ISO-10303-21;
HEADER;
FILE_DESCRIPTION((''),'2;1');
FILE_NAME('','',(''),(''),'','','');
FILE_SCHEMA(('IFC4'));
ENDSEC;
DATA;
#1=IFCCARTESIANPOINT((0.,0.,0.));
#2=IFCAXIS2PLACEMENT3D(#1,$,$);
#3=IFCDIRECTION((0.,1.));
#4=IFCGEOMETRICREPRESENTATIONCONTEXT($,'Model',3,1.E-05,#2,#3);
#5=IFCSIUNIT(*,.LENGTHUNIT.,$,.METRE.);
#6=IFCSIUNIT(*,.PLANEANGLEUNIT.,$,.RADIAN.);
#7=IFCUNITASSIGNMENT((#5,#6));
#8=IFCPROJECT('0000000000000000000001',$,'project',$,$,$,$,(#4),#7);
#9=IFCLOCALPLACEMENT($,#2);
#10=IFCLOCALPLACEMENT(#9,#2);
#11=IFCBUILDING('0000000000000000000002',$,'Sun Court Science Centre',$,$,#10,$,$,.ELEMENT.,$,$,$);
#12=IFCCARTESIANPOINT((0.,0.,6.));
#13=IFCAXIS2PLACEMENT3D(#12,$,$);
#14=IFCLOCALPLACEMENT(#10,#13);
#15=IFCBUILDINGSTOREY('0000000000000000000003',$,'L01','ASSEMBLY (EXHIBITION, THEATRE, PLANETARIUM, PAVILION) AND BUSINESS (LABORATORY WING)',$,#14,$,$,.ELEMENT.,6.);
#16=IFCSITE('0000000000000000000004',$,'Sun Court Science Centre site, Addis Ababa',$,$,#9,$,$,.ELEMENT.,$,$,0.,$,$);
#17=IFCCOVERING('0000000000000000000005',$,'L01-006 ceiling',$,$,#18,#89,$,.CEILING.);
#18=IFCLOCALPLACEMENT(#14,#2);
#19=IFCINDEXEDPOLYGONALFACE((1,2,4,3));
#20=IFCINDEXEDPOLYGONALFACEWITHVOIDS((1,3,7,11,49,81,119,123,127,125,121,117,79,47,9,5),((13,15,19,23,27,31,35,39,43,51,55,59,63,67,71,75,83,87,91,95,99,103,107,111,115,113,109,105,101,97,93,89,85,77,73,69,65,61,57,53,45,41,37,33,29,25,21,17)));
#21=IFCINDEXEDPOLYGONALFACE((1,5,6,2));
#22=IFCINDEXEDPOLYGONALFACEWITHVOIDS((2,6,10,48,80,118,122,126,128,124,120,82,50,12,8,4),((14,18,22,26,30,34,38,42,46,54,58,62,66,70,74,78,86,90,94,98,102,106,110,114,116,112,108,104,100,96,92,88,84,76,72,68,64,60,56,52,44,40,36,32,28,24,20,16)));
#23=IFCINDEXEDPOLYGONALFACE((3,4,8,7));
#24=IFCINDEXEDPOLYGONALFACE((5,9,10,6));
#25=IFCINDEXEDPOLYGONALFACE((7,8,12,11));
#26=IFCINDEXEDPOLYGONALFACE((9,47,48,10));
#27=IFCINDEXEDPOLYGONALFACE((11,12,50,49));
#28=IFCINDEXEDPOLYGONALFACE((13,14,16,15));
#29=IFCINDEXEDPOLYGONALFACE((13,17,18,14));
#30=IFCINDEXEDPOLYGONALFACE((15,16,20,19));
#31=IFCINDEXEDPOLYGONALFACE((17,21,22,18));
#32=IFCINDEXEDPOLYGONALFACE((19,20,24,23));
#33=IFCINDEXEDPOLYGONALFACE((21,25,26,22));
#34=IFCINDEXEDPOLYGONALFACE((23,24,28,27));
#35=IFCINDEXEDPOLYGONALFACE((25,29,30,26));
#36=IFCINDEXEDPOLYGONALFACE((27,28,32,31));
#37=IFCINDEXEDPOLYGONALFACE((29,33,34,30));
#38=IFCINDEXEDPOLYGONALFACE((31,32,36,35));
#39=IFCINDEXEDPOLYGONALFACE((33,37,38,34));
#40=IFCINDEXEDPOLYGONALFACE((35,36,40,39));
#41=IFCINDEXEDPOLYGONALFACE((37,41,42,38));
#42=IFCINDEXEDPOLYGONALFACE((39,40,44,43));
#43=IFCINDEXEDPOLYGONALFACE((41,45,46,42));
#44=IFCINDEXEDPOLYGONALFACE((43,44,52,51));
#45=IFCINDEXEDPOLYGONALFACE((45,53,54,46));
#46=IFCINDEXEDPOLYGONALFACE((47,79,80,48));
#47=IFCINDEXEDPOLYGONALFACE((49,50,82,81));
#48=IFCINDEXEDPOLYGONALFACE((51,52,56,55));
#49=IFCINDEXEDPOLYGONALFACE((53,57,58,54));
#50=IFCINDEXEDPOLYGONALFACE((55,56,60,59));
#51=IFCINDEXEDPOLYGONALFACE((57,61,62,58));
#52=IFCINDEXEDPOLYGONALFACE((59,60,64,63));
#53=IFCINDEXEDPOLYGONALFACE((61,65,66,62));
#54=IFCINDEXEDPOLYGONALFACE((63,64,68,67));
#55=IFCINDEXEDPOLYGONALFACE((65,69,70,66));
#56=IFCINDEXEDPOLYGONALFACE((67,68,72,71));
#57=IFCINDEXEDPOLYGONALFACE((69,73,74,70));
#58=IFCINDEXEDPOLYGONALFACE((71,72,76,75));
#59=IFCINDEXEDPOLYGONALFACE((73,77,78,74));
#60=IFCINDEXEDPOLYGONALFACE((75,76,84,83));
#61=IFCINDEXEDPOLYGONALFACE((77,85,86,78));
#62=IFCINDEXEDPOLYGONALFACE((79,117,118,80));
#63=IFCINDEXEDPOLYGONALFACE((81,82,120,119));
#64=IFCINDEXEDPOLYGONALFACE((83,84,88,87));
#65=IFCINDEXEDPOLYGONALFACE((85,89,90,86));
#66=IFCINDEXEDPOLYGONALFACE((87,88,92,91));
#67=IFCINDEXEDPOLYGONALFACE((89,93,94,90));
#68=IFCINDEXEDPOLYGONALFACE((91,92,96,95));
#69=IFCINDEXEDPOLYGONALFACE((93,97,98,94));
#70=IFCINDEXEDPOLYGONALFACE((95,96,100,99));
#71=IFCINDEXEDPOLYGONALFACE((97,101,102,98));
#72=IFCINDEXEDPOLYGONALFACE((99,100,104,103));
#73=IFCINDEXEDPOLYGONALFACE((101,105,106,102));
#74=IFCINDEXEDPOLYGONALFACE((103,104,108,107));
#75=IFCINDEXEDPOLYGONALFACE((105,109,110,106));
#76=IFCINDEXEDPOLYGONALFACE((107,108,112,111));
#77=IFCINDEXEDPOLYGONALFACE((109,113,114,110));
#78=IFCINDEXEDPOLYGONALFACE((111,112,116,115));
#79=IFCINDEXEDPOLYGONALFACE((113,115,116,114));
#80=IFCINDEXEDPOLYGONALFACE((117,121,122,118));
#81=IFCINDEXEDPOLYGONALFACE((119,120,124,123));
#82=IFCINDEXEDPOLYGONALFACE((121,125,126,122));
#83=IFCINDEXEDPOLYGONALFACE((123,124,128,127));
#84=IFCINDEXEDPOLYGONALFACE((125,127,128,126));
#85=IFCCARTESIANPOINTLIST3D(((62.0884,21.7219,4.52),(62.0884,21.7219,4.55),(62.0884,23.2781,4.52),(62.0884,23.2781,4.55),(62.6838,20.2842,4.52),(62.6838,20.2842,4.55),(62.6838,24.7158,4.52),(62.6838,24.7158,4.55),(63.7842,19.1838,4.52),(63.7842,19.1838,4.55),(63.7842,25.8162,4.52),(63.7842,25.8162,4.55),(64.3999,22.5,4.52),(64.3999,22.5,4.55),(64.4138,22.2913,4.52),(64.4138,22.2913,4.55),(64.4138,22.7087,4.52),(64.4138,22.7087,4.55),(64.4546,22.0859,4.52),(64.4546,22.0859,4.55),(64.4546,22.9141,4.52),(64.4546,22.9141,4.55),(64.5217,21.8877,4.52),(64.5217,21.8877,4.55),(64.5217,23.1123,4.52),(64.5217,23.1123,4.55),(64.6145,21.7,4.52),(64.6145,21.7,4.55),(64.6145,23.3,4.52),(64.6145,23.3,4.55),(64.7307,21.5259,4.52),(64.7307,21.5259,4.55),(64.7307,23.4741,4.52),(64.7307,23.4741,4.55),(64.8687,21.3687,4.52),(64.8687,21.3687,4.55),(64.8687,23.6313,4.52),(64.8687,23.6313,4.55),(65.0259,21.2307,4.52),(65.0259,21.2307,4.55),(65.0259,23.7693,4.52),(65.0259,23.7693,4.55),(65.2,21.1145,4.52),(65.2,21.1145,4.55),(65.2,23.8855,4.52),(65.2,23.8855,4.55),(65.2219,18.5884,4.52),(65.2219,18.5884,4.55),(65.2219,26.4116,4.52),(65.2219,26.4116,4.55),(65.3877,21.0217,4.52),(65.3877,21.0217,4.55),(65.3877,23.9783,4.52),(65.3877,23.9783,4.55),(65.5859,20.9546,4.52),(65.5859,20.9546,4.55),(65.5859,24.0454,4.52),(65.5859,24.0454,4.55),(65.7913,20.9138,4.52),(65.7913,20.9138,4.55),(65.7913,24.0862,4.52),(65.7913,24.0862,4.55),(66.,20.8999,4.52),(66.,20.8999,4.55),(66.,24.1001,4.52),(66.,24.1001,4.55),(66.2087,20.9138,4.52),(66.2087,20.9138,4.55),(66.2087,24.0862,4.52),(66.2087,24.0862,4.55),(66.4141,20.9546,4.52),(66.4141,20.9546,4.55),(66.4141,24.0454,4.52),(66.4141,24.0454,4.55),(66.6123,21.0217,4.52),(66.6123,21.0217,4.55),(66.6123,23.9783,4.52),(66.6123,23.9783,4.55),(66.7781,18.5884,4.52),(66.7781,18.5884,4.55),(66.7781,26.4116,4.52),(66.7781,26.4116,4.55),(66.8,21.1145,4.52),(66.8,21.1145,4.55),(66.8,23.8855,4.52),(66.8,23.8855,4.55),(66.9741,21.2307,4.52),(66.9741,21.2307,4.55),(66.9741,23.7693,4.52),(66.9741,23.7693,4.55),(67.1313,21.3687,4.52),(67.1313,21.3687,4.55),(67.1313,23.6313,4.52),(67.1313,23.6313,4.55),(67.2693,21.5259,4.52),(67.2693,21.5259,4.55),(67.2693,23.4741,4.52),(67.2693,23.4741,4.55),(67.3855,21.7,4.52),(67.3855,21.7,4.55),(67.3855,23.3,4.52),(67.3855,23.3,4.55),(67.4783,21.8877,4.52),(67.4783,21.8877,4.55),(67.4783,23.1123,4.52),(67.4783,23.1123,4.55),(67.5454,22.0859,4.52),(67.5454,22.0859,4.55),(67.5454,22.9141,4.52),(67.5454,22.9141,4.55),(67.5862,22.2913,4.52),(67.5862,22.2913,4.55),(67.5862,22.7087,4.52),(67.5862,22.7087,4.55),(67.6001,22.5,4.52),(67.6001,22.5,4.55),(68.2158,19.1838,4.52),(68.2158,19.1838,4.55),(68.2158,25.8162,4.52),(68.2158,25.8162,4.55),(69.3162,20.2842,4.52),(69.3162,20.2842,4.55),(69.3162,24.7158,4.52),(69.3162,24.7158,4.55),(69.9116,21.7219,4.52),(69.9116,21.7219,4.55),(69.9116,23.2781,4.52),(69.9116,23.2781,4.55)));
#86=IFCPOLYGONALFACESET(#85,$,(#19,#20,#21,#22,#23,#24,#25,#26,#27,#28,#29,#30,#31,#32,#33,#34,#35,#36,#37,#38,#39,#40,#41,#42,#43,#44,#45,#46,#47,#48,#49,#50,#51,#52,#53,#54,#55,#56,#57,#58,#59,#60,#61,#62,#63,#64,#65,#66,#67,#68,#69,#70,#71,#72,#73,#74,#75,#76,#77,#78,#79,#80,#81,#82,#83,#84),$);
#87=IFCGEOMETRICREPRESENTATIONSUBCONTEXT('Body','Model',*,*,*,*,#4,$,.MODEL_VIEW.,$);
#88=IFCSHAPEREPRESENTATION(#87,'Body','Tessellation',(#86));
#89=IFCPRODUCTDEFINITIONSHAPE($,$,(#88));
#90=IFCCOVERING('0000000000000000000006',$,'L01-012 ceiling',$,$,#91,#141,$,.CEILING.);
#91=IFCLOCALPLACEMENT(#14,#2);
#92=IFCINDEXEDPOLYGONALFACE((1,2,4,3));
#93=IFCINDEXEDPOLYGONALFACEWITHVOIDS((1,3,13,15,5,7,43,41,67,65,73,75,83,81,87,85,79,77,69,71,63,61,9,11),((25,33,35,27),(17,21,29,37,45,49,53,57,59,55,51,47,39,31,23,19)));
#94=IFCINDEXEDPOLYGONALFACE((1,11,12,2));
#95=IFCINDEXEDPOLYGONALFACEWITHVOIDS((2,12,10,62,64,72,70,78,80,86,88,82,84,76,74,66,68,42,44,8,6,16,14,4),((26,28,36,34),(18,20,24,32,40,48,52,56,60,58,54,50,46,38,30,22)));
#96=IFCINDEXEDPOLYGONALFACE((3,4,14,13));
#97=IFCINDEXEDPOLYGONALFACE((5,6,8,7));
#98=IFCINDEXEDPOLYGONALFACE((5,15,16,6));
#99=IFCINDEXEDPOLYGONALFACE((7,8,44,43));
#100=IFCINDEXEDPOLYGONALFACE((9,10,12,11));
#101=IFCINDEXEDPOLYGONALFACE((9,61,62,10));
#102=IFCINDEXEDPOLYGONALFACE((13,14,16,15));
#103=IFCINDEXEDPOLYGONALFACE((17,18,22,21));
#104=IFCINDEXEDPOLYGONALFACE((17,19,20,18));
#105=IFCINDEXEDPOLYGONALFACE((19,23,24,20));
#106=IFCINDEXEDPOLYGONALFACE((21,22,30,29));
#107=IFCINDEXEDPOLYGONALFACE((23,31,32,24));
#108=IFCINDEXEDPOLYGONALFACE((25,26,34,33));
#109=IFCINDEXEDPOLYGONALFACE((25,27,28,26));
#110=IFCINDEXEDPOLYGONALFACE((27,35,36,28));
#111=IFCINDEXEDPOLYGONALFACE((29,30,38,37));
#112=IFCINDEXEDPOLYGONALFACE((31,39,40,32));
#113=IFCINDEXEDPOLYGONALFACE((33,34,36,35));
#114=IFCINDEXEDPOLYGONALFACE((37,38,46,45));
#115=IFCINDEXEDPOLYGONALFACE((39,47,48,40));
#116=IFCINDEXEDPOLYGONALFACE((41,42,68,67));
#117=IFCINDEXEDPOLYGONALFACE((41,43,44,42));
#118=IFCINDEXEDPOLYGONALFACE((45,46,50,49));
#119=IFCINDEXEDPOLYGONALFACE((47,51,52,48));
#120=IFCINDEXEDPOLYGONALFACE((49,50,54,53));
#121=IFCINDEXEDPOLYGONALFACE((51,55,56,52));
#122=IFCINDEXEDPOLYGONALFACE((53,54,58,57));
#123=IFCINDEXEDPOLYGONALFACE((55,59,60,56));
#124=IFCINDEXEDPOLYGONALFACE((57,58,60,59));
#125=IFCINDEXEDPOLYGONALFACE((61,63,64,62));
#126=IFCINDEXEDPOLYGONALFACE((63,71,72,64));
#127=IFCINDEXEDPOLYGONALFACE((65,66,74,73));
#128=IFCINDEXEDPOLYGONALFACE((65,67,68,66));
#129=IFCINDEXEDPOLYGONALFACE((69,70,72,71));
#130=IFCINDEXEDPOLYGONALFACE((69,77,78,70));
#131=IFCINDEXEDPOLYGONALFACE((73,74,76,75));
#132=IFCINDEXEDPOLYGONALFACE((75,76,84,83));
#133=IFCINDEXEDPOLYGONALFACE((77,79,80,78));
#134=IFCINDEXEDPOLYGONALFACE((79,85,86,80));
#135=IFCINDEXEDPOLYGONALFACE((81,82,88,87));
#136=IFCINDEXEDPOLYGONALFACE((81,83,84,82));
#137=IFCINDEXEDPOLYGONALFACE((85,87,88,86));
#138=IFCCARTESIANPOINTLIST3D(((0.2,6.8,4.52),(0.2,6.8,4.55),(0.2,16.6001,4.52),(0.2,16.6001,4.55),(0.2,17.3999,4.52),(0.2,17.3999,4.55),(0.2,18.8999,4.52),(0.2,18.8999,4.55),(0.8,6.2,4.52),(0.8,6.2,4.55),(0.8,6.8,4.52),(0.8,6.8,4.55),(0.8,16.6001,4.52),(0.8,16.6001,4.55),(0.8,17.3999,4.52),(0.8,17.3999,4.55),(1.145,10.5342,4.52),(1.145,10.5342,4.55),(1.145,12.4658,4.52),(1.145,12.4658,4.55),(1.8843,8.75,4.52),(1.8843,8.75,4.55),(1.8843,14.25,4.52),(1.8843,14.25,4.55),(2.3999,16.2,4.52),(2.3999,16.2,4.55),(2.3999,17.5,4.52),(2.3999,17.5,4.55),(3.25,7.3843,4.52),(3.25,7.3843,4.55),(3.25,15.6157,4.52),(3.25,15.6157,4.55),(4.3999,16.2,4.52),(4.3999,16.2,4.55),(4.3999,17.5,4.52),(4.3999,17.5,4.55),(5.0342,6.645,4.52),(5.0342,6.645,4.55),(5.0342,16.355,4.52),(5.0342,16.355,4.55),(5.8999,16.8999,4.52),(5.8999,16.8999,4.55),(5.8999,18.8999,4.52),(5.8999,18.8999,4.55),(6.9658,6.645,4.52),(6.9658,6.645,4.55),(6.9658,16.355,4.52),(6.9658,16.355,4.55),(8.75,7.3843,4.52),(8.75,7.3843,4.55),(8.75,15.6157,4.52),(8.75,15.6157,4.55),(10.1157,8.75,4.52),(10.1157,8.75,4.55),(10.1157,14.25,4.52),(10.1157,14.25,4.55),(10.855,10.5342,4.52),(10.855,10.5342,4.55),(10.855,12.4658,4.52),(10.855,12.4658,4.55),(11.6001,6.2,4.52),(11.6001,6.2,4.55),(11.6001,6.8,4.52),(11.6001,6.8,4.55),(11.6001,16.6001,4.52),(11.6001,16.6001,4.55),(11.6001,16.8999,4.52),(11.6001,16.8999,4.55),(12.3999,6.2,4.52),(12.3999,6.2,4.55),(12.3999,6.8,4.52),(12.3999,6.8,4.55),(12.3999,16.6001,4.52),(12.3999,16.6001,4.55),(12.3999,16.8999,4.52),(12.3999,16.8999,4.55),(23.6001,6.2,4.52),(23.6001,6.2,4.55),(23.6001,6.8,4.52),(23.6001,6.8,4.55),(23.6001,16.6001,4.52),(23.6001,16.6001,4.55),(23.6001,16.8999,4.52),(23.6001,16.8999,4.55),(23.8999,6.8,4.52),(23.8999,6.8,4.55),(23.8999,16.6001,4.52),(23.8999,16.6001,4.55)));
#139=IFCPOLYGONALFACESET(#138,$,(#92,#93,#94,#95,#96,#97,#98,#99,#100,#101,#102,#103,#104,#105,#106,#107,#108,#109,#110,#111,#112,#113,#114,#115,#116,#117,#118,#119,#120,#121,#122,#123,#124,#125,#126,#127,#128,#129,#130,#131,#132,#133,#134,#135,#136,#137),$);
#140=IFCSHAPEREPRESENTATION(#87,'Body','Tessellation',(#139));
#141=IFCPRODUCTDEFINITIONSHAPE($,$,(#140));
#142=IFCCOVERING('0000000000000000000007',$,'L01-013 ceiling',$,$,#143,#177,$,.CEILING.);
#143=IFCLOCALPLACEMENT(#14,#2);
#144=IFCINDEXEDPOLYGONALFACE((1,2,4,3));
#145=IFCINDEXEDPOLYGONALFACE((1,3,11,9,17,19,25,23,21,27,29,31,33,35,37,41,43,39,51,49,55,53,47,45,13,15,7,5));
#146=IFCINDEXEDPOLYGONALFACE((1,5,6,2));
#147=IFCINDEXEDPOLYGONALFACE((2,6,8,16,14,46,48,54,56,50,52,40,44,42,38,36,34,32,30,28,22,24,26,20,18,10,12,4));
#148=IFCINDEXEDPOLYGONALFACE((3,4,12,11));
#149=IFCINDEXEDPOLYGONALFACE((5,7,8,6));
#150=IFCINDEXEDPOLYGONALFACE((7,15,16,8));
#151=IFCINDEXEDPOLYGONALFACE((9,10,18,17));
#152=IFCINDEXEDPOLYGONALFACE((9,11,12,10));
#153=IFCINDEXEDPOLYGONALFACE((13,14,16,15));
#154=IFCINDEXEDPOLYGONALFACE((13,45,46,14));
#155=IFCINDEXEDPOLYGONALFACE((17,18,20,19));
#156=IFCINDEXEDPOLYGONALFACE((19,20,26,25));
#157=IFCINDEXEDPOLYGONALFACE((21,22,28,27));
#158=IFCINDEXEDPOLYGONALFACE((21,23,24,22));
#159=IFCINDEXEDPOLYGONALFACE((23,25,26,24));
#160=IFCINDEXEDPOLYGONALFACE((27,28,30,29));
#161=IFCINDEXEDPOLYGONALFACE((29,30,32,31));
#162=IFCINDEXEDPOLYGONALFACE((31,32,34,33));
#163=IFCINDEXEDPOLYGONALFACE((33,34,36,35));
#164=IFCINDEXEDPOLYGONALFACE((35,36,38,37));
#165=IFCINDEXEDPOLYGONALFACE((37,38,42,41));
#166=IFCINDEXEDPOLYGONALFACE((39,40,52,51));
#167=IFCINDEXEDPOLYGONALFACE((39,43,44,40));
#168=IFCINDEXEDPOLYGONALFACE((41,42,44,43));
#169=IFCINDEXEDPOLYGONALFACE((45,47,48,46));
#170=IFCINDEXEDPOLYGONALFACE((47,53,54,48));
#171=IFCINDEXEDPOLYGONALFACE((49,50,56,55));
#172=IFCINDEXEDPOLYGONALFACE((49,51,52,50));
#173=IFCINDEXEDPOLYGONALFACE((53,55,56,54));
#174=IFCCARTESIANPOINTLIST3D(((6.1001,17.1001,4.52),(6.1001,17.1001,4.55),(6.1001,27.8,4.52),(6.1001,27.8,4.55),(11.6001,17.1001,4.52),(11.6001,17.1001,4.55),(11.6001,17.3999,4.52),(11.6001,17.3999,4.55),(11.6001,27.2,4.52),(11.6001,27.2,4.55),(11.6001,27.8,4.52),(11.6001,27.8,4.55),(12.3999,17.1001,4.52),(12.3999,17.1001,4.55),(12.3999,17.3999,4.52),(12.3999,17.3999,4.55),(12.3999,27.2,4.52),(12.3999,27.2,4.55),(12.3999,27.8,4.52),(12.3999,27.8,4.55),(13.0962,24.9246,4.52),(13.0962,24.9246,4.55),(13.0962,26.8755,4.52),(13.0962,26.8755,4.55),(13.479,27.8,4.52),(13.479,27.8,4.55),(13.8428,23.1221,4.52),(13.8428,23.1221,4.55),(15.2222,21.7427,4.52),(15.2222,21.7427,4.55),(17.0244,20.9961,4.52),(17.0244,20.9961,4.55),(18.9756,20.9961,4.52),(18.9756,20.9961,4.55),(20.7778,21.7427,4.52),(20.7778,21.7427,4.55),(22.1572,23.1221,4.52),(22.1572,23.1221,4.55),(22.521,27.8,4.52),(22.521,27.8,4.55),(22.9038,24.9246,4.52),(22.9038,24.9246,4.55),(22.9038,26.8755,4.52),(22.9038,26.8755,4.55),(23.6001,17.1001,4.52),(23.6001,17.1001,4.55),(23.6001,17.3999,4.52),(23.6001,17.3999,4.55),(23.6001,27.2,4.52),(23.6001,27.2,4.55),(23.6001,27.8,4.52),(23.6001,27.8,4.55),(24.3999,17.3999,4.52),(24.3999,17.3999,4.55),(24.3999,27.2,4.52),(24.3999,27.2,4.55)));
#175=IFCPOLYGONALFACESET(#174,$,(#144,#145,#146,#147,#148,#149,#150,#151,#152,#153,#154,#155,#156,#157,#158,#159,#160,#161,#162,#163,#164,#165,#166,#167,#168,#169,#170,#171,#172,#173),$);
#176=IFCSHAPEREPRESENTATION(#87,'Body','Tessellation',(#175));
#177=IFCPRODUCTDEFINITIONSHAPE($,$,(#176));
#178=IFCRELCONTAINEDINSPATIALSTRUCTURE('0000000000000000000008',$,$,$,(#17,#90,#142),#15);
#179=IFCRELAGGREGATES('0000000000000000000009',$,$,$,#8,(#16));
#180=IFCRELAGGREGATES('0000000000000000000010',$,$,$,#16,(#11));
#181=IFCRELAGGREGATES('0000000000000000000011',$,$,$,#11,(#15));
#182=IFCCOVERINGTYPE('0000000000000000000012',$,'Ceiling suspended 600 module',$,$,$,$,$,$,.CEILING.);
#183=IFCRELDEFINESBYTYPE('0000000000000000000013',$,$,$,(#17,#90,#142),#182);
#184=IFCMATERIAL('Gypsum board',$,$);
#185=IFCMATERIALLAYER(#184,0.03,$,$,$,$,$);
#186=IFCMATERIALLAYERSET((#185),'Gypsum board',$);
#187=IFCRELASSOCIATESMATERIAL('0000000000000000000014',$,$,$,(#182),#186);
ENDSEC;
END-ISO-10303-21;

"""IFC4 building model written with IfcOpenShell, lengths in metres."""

from ifc_helpers import new_model, si_unit, direction, frame, origin, place, context, subcontext, project, spatial, polyline, outline, extrude, material, layer, layer_set, type_object, element, save


model = new_model("IFC4")

# Units and contexts
model_context = context("Model", 3, precision=1e-05, world=origin(), true_north=direction((0.0, 1.0)))
body_context = subcontext(model_context, "Body", "Model", "MODEL_VIEW")
ifc_project = project(units=[si_unit("LENGTHUNIT", "METRE"), si_unit("PLANEANGLEUNIT", "RADIAN")], contexts=[model_context])

# Site, building, storey
site_placement = place(None, origin())
site = spatial("IfcSite", under=ifc_project, at=site_placement, Name="Sun Court Science Centre site, Addis Ababa", CompositionType="ELEMENT", RefElevation=0.0)
building_placement = place(site_placement, origin())
building = spatial("IfcBuilding", under=site, at=building_placement, Name="Sun Court Science Centre", CompositionType="ELEMENT")
storey_placement = place(building_placement, frame((0.0, 0.0, 6.0)))
storey = spatial("IfcBuildingStorey", under=building, at=storey_placement, Name="L01", Description="ASSEMBLY (EXHIBITION, THEATRE, PLANETARIUM, PAVILION) AND BUSINESS (LABORATORY WING)", CompositionType="ELEMENT", Elevation=6.0)

# Coverings
ifc_material_1 = material(Name="Gypsum board")
ifc_layer_1 = layer(ifc_material_1, 0.03)
ifc_layer_set_1 = layer_set([ifc_layer_1], Name="Gypsum board")
covering_type_1 = type_object("IfcCoveringType", Name="Ceiling suspended 600 module", PredefinedType="CEILING", material=ifc_layer_set_1)
covering_1_placement = place(storey_placement, frame((0.0, 0.0, 4.52)))
element("IfcCovering", 1, at=covering_1_placement, inside=storey, type_object=covering_type_1, Name="L01-006 ceiling", PredefinedType="CEILING", context=body_context, shape_type="SweptSolid", body=[
    extrude(outline(polyline([(69.3162, 20.2842), (68.2158, 19.1838), (66.7781, 18.5884), (65.2219, 18.5884), (63.7842, 19.1838), (62.6838, 20.2842), (62.0884, 21.7219), (62.0884, 23.2781), (62.6838, 24.7158), (63.7842, 25.8162), (65.2219, 26.4116), (66.7781, 26.4116), (68.2158, 25.8162), (69.3162, 24.7158), (69.9116, 23.2781), (69.9116, 21.7219), (69.3162, 20.2842)]), holes=[polyline([(67.4783, 23.1123), (67.3855, 23.3), (67.2693, 23.4741), (67.1313, 23.6313), (66.9741, 23.7693), (66.8, 23.8855), (66.6123, 23.9783), (66.4141, 24.0454), (66.2087, 24.0862), (66.0, 24.1001), (65.7913, 24.0862), (65.5859, 24.0454), (65.3877, 23.9783), (65.2, 23.8855), (65.0259, 23.7693), (64.8687, 23.6313), (64.7307, 23.4741), (64.6145, 23.3), (64.5217, 23.1123), (64.4546, 22.9141), (64.4138, 22.7087), (64.3999, 22.5), (64.4138, 22.2913), (64.4546, 22.0859), (64.5217, 21.8877), (64.6145, 21.7), (64.7307, 21.5259), (64.8687, 21.3687), (65.0259, 21.2307), (65.2, 21.1145), (65.3877, 21.0217), (65.5859, 20.9546), (65.7913, 20.9138), (66.0, 20.8999), (66.2087, 20.9138), (66.4141, 20.9546), (66.6123, 21.0217), (66.8, 21.1145), (66.9741, 21.2307), (67.1313, 21.3687), (67.2693, 21.5259), (67.3855, 21.7), (67.4783, 21.8877), (67.5454, 22.0859), (67.5862, 22.2913), (67.6001, 22.5), (67.5862, 22.7087), (67.5454, 22.9141), (67.4783, 23.1123)])]), origin(), (0.0, 0.0, 1.0), 0.03),
])
covering_2_placement = place(storey_placement, frame((0.0, 0.0, 4.52)))
element("IfcCovering", 2, at=covering_2_placement, inside=storey, type_object=covering_type_1, Name="L01-012 ceiling", PredefinedType="CEILING", context=body_context, shape_type="SweptSolid", body=[
    extrude(outline(polyline([(5.8999, 16.8999), (11.6001, 16.8999), (11.6001, 16.6001), (12.3999, 16.6001), (12.3999, 16.8999), (23.6001, 16.8999), (23.6001, 16.6001), (23.8999, 16.6001), (23.8999, 6.8), (23.6001, 6.8), (23.6001, 6.2), (12.3999, 6.2), (12.3999, 6.8), (11.6001, 6.8), (11.6001, 6.2), (0.8, 6.2), (0.8, 6.8), (0.2, 6.8), (0.2, 16.6001), (0.8, 16.6001), (0.8, 17.3999), (0.2, 17.3999), (0.2, 18.8999), (5.8999, 18.8999), (5.8999, 16.8999)]), holes=[polyline([(5.0342, 16.355), (3.25, 15.6157), (1.8843, 14.25), (1.145, 12.4658), (1.145, 10.5342), (1.8843, 8.75), (3.25, 7.3843), (5.0342, 6.645), (6.9658, 6.645), (8.75, 7.3843), (10.1157, 8.75), (10.855, 10.5342), (10.855, 12.4658), (10.1157, 14.25), (8.75, 15.6157), (6.9658, 16.355), (5.0342, 16.355)]), polyline([(4.3999, 16.2), (4.3999, 17.5), (2.3999, 17.5), (2.3999, 16.2), (4.3999, 16.2)])]), origin(), (0.0, 0.0, 1.0), 0.03),
])
covering_3_placement = place(storey_placement, frame((0.0, 0.0, 4.52)))
element("IfcCovering", 3, at=covering_3_placement, inside=storey, type_object=covering_type_1, Name="L01-013 ceiling", PredefinedType="CEILING", context=body_context, shape_type="SweptSolid", body=[
    extrude(outline(polyline([(13.479, 27.8), (13.0962, 26.8755), (13.0962, 24.9246), (13.8428, 23.1221), (15.2222, 21.7427), (17.0244, 20.9961), (18.9756, 20.9961), (20.7778, 21.7427), (22.1572, 23.1221), (22.9038, 24.9246), (22.9038, 26.8755), (22.521, 27.8), (23.6001, 27.8), (23.6001, 27.2), (24.3999, 27.2), (24.3999, 17.3999), (23.6001, 17.3999), (23.6001, 17.1001), (12.3999, 17.1001), (12.3999, 17.3999), (11.6001, 17.3999), (11.6001, 17.1001), (6.1001, 17.1001), (6.1001, 27.8), (11.6001, 27.8), (11.6001, 27.2), (12.3999, 27.2), (12.3999, 27.8), (13.479, 27.8)])), origin(), (0.0, 0.0, 1.0), 0.03),
])

save(model, "model.ifc")
